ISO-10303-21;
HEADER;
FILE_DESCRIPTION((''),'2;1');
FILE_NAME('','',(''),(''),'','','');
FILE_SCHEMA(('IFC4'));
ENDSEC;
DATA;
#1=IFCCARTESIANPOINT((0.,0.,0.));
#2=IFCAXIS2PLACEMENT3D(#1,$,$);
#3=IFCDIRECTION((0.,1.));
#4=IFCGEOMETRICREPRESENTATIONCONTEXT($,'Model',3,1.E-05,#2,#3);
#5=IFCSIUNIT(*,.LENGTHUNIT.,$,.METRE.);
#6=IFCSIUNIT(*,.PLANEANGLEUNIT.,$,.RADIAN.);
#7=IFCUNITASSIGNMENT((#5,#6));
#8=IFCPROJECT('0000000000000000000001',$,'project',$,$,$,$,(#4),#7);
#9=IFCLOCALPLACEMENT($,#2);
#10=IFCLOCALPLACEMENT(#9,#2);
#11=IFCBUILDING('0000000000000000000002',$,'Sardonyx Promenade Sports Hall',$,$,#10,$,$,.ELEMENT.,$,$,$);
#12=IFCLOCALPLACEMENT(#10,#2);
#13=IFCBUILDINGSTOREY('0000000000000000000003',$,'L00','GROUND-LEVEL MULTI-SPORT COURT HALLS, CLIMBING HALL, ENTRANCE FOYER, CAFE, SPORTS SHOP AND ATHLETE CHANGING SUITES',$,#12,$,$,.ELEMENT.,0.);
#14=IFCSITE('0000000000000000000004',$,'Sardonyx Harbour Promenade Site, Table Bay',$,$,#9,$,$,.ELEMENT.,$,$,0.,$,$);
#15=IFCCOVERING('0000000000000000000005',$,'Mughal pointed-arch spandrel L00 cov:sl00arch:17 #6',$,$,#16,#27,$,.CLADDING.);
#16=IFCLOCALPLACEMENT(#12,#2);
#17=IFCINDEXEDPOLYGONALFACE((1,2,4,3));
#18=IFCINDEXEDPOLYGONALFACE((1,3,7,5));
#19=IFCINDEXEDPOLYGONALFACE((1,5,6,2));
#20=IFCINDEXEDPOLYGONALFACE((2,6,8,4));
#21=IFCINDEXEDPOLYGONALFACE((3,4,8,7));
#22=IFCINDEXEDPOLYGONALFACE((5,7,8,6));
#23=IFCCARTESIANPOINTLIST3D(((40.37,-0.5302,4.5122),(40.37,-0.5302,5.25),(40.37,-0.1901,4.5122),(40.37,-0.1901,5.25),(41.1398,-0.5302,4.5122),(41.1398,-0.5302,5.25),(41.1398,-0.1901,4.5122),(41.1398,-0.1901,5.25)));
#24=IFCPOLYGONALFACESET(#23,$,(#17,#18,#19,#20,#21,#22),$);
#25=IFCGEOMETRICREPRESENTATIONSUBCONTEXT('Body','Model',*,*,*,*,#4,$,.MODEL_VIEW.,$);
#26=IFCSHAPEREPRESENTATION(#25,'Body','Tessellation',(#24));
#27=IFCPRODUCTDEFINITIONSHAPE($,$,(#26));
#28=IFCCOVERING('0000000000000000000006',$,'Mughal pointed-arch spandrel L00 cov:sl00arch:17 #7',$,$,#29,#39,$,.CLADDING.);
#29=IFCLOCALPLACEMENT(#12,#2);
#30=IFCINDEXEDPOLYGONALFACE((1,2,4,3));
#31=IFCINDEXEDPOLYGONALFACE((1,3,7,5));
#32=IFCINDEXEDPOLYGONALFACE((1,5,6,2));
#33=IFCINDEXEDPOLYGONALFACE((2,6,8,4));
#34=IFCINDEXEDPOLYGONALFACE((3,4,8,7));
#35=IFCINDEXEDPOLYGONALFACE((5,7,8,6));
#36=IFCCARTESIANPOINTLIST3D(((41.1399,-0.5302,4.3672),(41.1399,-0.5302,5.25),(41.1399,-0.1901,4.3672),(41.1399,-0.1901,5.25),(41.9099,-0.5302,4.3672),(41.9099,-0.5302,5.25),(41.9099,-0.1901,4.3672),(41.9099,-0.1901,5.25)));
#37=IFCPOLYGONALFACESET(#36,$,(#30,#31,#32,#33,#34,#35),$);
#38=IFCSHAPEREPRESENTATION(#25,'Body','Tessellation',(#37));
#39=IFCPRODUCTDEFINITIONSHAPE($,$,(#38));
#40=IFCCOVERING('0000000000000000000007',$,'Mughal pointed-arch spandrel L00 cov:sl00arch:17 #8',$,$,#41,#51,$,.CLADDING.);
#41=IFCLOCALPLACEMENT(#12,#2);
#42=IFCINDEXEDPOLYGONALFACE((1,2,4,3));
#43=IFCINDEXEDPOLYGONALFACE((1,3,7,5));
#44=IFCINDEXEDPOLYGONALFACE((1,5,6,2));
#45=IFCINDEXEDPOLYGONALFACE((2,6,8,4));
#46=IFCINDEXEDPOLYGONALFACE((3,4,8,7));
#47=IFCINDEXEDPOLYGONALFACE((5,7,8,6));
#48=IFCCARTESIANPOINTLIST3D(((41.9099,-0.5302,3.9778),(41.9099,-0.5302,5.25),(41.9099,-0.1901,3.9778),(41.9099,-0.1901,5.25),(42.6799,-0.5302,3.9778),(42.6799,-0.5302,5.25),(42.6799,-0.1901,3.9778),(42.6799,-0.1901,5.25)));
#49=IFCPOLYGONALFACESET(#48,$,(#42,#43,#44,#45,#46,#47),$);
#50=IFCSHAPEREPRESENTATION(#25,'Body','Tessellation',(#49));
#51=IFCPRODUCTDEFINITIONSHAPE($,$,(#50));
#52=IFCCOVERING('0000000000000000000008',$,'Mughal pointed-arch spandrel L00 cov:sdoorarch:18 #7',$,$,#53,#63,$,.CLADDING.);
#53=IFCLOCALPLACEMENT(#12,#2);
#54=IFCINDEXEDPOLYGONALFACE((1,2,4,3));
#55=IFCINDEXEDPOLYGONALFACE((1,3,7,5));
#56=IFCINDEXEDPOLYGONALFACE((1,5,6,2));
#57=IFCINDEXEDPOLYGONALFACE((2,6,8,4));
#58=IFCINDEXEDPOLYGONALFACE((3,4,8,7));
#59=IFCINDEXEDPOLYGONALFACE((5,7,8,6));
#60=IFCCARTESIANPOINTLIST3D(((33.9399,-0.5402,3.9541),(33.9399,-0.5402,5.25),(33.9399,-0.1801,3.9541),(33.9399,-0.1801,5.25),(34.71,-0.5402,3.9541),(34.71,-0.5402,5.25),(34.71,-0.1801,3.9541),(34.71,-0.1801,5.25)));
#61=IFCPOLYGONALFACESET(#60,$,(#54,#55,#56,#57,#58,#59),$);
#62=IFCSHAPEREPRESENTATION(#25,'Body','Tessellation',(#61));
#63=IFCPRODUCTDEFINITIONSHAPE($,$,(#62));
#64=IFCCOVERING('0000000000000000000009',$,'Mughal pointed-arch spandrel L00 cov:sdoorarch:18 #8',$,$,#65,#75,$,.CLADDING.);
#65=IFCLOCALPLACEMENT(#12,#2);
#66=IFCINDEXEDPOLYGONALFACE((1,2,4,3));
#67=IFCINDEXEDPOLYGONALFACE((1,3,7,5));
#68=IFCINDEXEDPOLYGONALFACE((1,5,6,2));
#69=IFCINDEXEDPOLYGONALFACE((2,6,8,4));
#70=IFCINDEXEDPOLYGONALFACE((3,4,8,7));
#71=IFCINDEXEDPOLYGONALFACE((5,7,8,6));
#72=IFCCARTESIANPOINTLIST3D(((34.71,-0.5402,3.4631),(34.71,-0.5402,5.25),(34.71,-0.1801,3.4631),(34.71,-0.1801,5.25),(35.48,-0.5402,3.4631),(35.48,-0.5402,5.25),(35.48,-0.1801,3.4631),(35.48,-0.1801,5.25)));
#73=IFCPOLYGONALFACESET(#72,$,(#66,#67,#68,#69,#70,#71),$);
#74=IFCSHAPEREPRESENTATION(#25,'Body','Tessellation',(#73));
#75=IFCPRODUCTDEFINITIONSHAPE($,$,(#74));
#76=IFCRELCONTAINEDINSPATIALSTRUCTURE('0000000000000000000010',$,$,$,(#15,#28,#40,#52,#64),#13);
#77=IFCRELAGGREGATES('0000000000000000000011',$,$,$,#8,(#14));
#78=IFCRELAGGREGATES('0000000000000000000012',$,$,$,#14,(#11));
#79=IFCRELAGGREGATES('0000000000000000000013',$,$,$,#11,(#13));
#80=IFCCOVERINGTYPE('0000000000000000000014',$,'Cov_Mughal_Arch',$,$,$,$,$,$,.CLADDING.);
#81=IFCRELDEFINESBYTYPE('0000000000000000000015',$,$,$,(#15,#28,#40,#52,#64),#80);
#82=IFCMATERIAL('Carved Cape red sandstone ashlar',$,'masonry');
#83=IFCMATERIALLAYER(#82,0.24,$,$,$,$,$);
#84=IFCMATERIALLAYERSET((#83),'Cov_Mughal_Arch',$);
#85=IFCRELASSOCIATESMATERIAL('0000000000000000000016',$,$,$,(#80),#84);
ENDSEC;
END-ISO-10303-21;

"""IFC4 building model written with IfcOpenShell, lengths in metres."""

from ifc_helpers import new_model, si_unit, direction, frame, frame_2d, origin, place, context, subcontext, project, spatial, rectangle, extrude, material, layer, layer_set, type_object, element, save


model = new_model("IFC4")

# Units and contexts
model_context = context("Model", 3, precision=1e-05, world=origin(), true_north=direction((0.0, 1.0)))
body_context = subcontext(model_context, "Body", "Model", "MODEL_VIEW")
ifc_project = project(units=[si_unit("LENGTHUNIT", "METRE"), si_unit("PLANEANGLEUNIT", "RADIAN")], contexts=[model_context])

# Site, building, storey
site_placement = place(None, origin())
site = spatial("IfcSite", under=ifc_project, at=site_placement, Name="Sardonyx Harbour Promenade Site, Table Bay", CompositionType="ELEMENT", RefElevation=0.0)
building_placement = place(site_placement, origin())
building = spatial("IfcBuilding", under=site, at=building_placement, Name="Sardonyx Promenade Sports Hall", CompositionType="ELEMENT")
storey_placement = place(building_placement, origin())
storey = spatial("IfcBuildingStorey", under=building, at=storey_placement, Name="L00", Description="GROUND-LEVEL MULTI-SPORT COURT HALLS, CLIMBING HALL, ENTRANCE FOYER, CAFE, SPORTS SHOP AND ATHLETE CHANGING SUITES", CompositionType="ELEMENT", Elevation=0.0)

# Coverings
ifc_material_1 = material(Name="Carved Cape red sandstone ashlar", Category="masonry")
ifc_layer_1 = layer(ifc_material_1, 0.24)
ifc_layer_set_1 = layer_set([ifc_layer_1], Name="Cov_Mughal_Arch")
covering_type = type_object("IfcCoveringType", Name="Cov_Mughal_Arch", PredefinedType="CLADDING", material=ifc_layer_set_1)
covering_1_placement = place(storey_placement, frame((40.3701, -0.3601, 4.5122), z_axis=(0.0, 0.0, 1.0), x_axis=(1.0, 0.0, 0.0)))
element("IfcCovering", 1, at=covering_1_placement, inside=storey, type_object=covering_type, Name="Mughal pointed-arch spandrel L00 cov:sl00arch:17 #6", PredefinedType="CLADDING", context=body_context, shape_type="SweptSolid", body=[
    extrude(rectangle(XDim=0.7698, YDim=0.3401, at=frame_2d((0.3848, 0.0))), origin(), (0.0, 0.0, 1.0), 0.7378),
])
covering_2_placement = place(storey_placement, frame((41.1399, -0.3601, 4.3672), z_axis=(0.0, 0.0, 1.0), x_axis=(1.0, 0.0, 0.0)))
element("IfcCovering", 2, at=covering_2_placement, inside=storey, type_object=covering_type, Name="Mughal pointed-arch spandrel L00 cov:sl00arch:17 #7", PredefinedType="CLADDING", context=body_context, shape_type="SweptSolid", body=[
    extrude(rectangle(XDim=0.77, YDim=0.3401, at=frame_2d((0.385, 0.0))), origin(), (0.0, 0.0, 1.0), 0.8828),
])
covering_3_placement = place(storey_placement, frame((41.9099, -0.3601, 3.9778), z_axis=(0.0, 0.0, 1.0), x_axis=(1.0, 0.0, 0.0)))
element("IfcCovering", 3, at=covering_3_placement, inside=storey, type_object=covering_type, Name="Mughal pointed-arch spandrel L00 cov:sl00arch:17 #8", PredefinedType="CLADDING", context=body_context, shape_type="SweptSolid", body=[
    extrude(rectangle(XDim=0.77, YDim=0.3401, at=frame_2d((0.385, 0.0))), origin(), (0.0, 0.0, 1.0), 1.2722),
])
covering_4_placement = place(storey_placement, frame((33.9399, -0.3601, 3.9541), z_axis=(0.0, 0.0, 1.0), x_axis=(1.0, 0.0, 0.0)))
element("IfcCovering", 4, at=covering_4_placement, inside=storey, type_object=covering_type, Name="Mughal pointed-arch spandrel L00 cov:sdoorarch:18 #7", PredefinedType="CLADDING", context=body_context, shape_type="SweptSolid", body=[
    extrude(rectangle(XDim=0.77, YDim=0.3601, at=frame_2d((0.385, 0.0))), origin(), (0.0, 0.0, 1.0), 1.2959),
])
covering_5_placement = place(storey_placement, frame((34.71, -0.3601, 3.4631), z_axis=(0.0, 0.0, 1.0), x_axis=(1.0, 0.0, 0.0)))
element("IfcCovering", 5, at=covering_5_placement, inside=storey, type_object=covering_type, Name="Mughal pointed-arch spandrel L00 cov:sdoorarch:18 #8", PredefinedType="CLADDING", context=body_context, shape_type="SweptSolid", body=[
    extrude(rectangle(XDim=0.77, YDim=0.3601, at=frame_2d((0.385, 0.0))), origin(), (0.0, 0.0, 1.0), 1.7869),
])

save(model, "model.ifc")
